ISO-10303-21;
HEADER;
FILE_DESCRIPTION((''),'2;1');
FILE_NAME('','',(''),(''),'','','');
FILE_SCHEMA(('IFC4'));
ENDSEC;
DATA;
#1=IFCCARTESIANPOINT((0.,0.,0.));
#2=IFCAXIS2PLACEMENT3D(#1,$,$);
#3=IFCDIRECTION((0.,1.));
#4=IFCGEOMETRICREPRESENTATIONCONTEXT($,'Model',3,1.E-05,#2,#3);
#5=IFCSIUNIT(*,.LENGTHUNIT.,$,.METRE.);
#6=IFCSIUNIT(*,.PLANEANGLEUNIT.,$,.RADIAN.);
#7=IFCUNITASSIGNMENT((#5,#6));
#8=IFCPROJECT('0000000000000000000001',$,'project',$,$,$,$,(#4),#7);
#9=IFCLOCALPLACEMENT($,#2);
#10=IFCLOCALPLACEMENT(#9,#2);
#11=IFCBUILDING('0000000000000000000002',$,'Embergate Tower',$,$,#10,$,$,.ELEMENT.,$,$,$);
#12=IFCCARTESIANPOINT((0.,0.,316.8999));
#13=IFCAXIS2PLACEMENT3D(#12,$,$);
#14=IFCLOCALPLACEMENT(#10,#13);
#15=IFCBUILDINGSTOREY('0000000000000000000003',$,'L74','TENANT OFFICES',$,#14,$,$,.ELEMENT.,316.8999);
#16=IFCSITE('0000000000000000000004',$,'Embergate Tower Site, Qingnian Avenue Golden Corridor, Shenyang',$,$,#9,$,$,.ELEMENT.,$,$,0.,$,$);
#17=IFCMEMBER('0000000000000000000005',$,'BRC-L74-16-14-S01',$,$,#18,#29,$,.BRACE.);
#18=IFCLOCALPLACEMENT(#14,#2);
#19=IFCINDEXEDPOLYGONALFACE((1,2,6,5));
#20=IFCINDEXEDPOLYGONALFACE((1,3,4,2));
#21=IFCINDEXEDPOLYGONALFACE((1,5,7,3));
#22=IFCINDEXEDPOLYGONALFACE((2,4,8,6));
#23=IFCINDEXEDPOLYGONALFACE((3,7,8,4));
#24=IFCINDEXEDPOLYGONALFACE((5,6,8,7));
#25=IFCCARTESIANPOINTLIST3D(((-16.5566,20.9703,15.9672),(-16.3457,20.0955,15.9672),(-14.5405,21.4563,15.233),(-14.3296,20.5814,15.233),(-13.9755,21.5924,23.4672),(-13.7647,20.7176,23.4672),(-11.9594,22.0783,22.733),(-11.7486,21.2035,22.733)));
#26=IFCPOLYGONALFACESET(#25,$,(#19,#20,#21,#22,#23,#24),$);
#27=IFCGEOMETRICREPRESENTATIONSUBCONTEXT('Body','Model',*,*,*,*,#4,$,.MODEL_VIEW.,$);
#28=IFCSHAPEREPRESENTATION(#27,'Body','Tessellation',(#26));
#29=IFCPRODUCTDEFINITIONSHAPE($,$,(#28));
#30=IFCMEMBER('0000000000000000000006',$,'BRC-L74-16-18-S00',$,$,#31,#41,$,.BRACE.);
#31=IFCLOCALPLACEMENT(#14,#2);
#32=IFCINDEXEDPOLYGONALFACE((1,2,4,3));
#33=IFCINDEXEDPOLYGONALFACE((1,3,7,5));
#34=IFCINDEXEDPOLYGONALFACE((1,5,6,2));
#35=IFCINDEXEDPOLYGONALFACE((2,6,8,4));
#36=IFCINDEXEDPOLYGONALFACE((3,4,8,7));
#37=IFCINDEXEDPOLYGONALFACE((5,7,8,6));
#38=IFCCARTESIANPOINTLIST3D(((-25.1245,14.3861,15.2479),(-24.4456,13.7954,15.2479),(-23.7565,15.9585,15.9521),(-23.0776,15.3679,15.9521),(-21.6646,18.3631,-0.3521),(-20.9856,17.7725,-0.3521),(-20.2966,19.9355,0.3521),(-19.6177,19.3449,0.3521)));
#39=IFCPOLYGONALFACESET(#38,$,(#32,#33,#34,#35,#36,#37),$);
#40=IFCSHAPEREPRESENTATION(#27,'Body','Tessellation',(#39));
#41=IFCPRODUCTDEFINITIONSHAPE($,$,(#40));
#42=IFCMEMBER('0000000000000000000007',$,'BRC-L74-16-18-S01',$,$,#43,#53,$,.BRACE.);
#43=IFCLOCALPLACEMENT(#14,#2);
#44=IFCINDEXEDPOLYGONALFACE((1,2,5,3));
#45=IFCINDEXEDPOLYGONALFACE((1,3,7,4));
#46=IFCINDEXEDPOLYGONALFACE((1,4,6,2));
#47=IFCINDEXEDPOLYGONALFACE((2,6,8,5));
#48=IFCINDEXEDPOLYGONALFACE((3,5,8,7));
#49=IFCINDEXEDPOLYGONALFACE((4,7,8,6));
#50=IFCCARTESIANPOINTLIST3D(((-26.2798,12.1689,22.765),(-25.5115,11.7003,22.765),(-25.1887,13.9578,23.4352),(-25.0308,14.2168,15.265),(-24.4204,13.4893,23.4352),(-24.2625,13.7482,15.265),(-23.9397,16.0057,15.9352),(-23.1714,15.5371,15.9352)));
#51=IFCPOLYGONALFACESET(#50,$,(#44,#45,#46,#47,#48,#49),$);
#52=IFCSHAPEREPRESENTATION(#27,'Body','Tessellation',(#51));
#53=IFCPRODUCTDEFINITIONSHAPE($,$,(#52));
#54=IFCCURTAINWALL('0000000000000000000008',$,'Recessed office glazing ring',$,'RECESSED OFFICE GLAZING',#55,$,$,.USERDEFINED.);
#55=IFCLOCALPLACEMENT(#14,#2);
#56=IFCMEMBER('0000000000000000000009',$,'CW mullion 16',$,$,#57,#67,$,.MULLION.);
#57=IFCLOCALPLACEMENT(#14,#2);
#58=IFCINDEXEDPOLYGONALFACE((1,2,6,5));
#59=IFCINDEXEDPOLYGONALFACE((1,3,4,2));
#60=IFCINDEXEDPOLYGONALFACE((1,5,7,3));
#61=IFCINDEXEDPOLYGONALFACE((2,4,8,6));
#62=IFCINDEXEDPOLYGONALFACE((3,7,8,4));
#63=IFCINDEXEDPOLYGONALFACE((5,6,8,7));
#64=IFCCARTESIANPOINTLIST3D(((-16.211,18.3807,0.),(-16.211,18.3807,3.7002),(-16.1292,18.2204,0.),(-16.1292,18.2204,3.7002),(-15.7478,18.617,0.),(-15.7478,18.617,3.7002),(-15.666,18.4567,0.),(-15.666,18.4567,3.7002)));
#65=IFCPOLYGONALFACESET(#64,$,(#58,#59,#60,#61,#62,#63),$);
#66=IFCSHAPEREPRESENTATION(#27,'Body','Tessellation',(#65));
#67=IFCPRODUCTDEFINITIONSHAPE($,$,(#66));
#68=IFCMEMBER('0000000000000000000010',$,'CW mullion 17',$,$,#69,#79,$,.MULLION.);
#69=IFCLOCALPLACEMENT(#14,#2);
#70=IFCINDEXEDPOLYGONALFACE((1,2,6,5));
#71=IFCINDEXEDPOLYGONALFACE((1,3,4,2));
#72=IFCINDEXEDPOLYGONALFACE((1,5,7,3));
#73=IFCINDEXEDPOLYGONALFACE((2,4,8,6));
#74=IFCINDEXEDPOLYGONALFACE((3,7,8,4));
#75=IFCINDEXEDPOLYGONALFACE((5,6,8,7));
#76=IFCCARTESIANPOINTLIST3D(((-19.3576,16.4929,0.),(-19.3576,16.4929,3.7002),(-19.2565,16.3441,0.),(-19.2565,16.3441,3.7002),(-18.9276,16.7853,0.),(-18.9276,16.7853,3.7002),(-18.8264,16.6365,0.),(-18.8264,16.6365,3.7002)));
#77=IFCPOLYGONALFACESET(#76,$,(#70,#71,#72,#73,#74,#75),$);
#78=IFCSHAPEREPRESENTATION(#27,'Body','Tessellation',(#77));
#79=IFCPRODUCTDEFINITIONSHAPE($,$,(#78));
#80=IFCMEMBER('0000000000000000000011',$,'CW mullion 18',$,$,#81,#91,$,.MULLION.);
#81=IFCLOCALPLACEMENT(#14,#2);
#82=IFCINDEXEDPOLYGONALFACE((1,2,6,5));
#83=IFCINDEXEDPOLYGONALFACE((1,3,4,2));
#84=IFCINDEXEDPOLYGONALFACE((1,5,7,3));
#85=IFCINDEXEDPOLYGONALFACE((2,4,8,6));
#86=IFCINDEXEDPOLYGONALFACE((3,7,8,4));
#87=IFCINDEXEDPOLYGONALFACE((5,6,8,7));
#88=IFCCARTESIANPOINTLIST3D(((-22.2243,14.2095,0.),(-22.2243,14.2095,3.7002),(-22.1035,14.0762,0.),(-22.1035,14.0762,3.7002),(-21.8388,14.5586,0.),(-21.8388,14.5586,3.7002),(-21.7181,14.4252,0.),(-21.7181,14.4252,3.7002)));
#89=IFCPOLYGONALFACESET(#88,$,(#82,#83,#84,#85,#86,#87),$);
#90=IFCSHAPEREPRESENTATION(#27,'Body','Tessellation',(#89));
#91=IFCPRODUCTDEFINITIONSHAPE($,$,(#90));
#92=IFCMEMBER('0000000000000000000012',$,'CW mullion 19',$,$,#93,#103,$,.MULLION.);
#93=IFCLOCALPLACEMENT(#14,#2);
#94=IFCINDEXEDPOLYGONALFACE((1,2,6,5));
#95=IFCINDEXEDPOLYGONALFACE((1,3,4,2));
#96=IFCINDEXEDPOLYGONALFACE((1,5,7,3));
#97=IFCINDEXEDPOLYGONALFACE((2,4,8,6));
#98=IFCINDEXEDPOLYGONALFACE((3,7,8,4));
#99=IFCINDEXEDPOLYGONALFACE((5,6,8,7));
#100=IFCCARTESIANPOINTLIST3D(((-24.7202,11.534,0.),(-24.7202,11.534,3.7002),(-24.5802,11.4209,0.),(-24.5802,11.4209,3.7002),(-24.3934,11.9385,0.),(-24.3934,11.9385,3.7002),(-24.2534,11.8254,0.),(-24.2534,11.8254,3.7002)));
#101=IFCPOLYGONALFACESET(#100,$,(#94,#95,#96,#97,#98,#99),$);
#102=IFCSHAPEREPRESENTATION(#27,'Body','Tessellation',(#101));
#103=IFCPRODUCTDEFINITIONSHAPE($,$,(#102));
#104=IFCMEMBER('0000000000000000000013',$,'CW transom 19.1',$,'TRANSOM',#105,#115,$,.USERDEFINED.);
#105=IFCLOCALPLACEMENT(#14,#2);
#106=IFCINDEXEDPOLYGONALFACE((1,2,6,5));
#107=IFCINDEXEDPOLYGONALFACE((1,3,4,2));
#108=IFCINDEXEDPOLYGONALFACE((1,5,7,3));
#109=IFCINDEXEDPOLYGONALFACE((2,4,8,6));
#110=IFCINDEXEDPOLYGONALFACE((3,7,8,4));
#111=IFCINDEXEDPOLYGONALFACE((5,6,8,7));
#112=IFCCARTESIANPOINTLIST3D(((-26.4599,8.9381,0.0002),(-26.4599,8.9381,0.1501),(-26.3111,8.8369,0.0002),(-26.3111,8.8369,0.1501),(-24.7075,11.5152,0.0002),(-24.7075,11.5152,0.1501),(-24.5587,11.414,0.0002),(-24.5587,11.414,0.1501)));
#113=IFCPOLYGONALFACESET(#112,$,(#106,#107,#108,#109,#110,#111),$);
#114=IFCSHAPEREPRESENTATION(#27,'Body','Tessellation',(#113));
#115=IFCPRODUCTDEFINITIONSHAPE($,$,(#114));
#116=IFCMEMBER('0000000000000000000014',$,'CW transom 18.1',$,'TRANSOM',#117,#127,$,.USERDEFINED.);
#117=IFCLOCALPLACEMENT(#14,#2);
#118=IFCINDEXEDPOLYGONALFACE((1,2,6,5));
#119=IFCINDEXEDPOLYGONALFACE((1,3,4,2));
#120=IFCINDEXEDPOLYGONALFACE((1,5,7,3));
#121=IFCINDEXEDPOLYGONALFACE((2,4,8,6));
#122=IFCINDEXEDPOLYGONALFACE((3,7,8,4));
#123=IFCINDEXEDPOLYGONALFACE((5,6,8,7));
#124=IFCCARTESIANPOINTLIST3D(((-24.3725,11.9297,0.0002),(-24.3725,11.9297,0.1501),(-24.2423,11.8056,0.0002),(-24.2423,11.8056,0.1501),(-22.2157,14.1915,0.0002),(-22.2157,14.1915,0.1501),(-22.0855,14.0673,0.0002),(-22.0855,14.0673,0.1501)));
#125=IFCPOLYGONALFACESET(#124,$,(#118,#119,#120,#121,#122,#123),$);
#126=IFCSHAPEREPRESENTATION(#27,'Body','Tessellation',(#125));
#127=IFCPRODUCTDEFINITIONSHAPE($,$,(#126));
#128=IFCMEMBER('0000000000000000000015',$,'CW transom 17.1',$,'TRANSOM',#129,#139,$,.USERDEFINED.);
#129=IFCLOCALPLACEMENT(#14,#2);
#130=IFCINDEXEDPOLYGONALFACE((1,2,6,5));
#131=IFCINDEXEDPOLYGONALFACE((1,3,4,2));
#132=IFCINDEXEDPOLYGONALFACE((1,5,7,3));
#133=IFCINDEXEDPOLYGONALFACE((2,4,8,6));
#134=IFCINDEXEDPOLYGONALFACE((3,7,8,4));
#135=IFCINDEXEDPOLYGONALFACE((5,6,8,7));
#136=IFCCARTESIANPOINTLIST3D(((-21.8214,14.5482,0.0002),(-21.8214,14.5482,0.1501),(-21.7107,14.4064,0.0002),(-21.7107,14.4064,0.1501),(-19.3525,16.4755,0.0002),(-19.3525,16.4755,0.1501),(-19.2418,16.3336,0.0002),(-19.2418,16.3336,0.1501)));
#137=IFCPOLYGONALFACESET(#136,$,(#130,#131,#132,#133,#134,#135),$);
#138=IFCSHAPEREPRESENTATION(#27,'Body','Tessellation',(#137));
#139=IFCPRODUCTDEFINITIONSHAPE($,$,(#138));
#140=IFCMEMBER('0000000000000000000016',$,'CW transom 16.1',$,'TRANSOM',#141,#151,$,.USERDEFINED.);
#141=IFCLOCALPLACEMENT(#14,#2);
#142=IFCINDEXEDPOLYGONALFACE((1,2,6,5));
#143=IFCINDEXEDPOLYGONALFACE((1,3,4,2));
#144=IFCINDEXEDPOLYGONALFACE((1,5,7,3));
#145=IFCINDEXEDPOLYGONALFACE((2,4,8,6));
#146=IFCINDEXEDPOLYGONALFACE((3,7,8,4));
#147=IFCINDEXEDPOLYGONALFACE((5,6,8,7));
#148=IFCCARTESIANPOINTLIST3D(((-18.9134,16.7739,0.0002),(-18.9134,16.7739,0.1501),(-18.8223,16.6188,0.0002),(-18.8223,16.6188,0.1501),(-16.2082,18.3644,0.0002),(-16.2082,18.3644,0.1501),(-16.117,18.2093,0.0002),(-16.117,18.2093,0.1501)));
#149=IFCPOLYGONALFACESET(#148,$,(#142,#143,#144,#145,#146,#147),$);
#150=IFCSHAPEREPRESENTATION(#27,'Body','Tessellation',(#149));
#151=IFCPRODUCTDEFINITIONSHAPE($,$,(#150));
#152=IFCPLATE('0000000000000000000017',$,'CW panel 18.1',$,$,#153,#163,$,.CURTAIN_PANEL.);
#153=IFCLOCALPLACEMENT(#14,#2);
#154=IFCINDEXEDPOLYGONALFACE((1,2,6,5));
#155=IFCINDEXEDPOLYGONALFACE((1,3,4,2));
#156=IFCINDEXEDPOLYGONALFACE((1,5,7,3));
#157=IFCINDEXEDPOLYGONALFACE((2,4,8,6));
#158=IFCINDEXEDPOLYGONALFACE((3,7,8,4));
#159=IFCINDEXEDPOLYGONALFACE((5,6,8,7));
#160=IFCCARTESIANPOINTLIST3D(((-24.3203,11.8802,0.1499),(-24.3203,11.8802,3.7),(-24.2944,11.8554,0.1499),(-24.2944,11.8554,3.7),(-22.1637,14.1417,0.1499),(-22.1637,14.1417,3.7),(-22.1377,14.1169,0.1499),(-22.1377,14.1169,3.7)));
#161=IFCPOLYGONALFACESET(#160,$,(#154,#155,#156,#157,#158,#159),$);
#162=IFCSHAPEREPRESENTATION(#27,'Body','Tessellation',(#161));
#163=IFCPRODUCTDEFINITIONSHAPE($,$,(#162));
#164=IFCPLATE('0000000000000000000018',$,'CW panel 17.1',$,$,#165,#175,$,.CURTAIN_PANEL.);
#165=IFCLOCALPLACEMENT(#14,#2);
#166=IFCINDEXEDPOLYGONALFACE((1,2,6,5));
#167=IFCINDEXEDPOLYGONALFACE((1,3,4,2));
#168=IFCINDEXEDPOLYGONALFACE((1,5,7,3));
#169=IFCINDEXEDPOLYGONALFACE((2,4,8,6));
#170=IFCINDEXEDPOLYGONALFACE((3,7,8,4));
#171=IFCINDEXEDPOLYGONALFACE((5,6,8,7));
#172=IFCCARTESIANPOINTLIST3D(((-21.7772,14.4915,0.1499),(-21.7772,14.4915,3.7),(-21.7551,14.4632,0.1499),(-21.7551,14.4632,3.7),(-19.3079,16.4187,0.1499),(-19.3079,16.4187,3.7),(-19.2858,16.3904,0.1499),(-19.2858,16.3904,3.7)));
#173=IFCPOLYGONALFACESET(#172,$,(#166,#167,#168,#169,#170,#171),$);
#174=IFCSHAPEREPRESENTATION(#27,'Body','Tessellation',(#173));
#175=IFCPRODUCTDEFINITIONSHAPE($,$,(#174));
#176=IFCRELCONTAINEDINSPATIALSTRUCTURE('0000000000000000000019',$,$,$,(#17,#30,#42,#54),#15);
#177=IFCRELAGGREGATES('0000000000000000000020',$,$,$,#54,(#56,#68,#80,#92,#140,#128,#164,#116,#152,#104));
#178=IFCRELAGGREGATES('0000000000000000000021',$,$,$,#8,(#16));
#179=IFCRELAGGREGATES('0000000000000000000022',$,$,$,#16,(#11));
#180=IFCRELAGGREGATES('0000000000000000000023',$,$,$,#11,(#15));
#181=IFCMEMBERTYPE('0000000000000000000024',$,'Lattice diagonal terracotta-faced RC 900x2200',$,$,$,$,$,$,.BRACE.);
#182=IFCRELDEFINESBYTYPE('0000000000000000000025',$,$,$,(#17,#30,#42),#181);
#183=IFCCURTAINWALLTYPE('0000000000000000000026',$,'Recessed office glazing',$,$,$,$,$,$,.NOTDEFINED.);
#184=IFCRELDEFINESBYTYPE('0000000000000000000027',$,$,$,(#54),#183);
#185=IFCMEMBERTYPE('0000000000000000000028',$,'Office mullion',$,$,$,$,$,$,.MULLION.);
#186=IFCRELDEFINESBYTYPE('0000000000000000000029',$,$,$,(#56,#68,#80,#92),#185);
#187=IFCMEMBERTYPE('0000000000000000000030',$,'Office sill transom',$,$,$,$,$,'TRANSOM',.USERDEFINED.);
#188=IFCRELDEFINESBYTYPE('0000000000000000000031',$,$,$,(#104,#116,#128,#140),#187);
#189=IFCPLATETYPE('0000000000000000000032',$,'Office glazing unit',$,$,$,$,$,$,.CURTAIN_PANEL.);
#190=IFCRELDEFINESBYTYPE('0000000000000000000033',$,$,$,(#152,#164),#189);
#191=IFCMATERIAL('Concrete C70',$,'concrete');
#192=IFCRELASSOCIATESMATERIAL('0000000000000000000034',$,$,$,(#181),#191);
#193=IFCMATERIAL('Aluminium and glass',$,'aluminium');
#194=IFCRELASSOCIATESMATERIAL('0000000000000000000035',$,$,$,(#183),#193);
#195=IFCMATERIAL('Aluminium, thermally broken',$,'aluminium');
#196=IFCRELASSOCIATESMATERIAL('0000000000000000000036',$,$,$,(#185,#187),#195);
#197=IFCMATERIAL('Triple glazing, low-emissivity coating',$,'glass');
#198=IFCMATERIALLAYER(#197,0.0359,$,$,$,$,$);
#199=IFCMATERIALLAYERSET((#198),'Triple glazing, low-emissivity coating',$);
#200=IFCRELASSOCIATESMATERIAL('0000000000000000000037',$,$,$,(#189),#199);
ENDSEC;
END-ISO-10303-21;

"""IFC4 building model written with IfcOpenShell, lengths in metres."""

from ifc_helpers import new_model, si_unit, direction, frame, origin, origin_2d, place, context, subcontext, project, spatial, rectangle, extrude, source, transform, mapped, material, layer, layer_set, material_profile, profile_set, type_object, element, aggregate, save


model = new_model("IFC4")

# Units and contexts
model_context = context("Model", 3, precision=1e-05, world=origin(), true_north=direction((0.0, 1.0)))
body_context = subcontext(model_context, "Body", "Model", "MODEL_VIEW")
ifc_project = project(units=[si_unit("LENGTHUNIT", "METRE"), si_unit("PLANEANGLEUNIT", "RADIAN")], contexts=[model_context])

# Site, building, storey
site_placement = place(None, origin())
site = spatial("IfcSite", under=ifc_project, at=site_placement, Name="Embergate Tower Site, Qingnian Avenue Golden Corridor, Shenyang", CompositionType="ELEMENT", RefElevation=0.0)
building_placement = place(site_placement, origin())
building = spatial("IfcBuilding", under=site, at=building_placement, Name="Embergate Tower", CompositionType="ELEMENT")
storey_placement = place(building_placement, frame((0.0, 0.0, 316.8999)))
storey = spatial("IfcBuildingStorey", under=building, at=storey_placement, Name="L74", Description="TENANT OFFICES", CompositionType="ELEMENT", Elevation=316.8999)

# Members
ifc_material_1 = material(Name="Concrete C70", Category="concrete")
ifc_material_profile_1 = material_profile(ifc_material_1, rectangle(XDim=0.8999, YDim=2.2, at=origin_2d()), Name="RC 900x2200")
ifc_profile_set_1 = profile_set([ifc_material_profile_1], Name="Concrete C70")
member_type_1 = type_object("IfcMemberType", Name="Lattice diagonal terracotta-faced RC 900x2200", PredefinedType="BRACE", material=ifc_profile_set_1)
shared_shape_1 = source(origin(), body_context, "Body", "SweptSolid", [
    extrude(rectangle(XDim=0.8999, YDim=2.2, at=origin_2d()), origin(), (0.0, 0.0, 1.0), 7.9561),
])
member_1_placement = place(storey_placement, frame((-15.4431, 20.7759, 15.6001), z_axis=(0.324414, 0.078188, 0.942678), x_axis=(-0.234305, 0.972163, 0.0)))
element("IfcMember", 1, at=member_1_placement, inside=storey, type_object=member_type_1, Name="BRC-L74-16-14-S01", PredefinedType="BRACE", context=body_context, shape_type="MappedRepresentation", body=[
    mapped(shared_shape_1, transform((0.0, 0.0, 0.0))),
])
shared_shape_2 = source(origin(), body_context, "Body", "SweptSolid", [
    extrude(rectangle(XDim=0.8999, YDim=2.2, at=origin_2d()), origin(), (0.0, 0.0, 1.0), 16.4666),
])
member_2_placement = place(storey_placement, frame((-20.6411, 18.854, 0.0), z_axis=(-0.210119, -0.241521, 0.947374), x_axis=(0.75445, -0.656358, 0.0)))
element("IfcMember", 2, at=member_2_placement, inside=storey, type_object=member_type_1, Name="BRC-L74-16-18-S00", PredefinedType="BRACE", context=body_context, shape_type="MappedRepresentation", body=[
    mapped(shared_shape_2, transform((0.0, 0.0, 0.0))),
])
shared_shape_3 = source(origin(), body_context, "Body", "SweptSolid", [
    extrude(rectangle(XDim=0.8999, YDim=2.2, at=origin_2d()), origin(), (0.0, 0.0, 1.0), 7.8743),
])
member_3_placement = place(storey_placement, frame((-24.1011, 14.877, 15.6001), z_axis=(-0.158621, -0.26007, 0.952472), x_axis=(0.853734, -0.520709, 0.0)))
element("IfcMember", 3, at=member_3_placement, inside=storey, type_object=member_type_1, Name="BRC-L74-16-18-S01", PredefinedType="BRACE", context=body_context, shape_type="MappedRepresentation", body=[
    mapped(shared_shape_3, transform((0.0, 0.0, 0.0))),
])

# Curtain wall, members, plates
ifc_material_2 = material(Name="Aluminium and glass", Category="aluminium")
curtain_wall_type = type_object("IfcCurtainWallType", Name="Recessed office glazing", PredefinedType="NOTDEFINED", material=ifc_material_2)
curtain_wall_placement = place(storey_placement, origin())
curtain_wall = element("IfcCurtainWall", 4, at=curtain_wall_placement, inside=storey, type_object=curtain_wall_type, Name="Recessed office glazing ring", ObjectType="RECESSED OFFICE GLAZING", PredefinedType="USERDEFINED")
ifc_material_3 = material(Name="Aluminium, thermally broken", Category="aluminium")
ifc_material_profile_2 = material_profile(ifc_material_3, rectangle(XDim=0.1799, YDim=0.52, at=origin_2d()), Name="AL 520x180")
ifc_profile_set_2 = profile_set([ifc_material_profile_2], Name="Aluminium, thermally broken")
member_type_2 = type_object("IfcMemberType", Name="Office mullion", PredefinedType="MULLION", material=ifc_profile_set_2)
shared_shape_4 = source(origin(), body_context, "Body", "SweptSolid", [
    extrude(rectangle(XDim=0.1799, YDim=0.52, at=origin_2d()), origin(), (0.0, 0.0, 1.0), 3.7002),
])
member_4_placement = place(storey_placement, frame((-15.9385, 18.4187, 0.0), z_axis=(0.0, 0.0, 1.0), x_axis=(0.454507, -0.890743, 0.0)))
member_4 = element("IfcMember", 5, at=member_4_placement, type_object=member_type_2, Name="CW mullion 16", PredefinedType="MULLION", context=body_context, shape_type="MappedRepresentation", body=[
    mapped(shared_shape_4, transform((0.0, 0.0, 0.0))),
])
member_5_placement = place(storey_placement, frame((-19.092, 16.5647, 0.0), z_axis=(0.0, 0.0, 1.0), x_axis=(0.56221, -0.826994, 0.0)))
member_5 = element("IfcMember", 6, at=member_5_placement, type_object=member_type_2, Name="CW mullion 17", PredefinedType="MULLION", context=body_context, shape_type="MappedRepresentation", body=[
    mapped(shared_shape_4, transform((0.0, 0.0, 0.0))),
])
member_6_placement = place(storey_placement, frame((-21.9712, 14.3174, 0.0), z_axis=(0.0, 0.0, 1.0), x_axis=(0.671217, -0.74126, 0.0)))
member_6 = element("IfcMember", 7, at=member_6_placement, type_object=member_type_2, Name="CW mullion 18", PredefinedType="MULLION", context=body_context, shape_type="MappedRepresentation", body=[
    mapped(shared_shape_4, transform((0.0, 0.0, 0.0))),
])
member_7_placement = place(storey_placement, frame((-24.4868, 11.6797, 0.0), z_axis=(0.0, 0.0, 1.0), x_axis=(0.777862, -0.628436, 0.0)))
member_7 = element("IfcMember", 8, at=member_7_placement, type_object=member_type_2, Name="CW mullion 19", PredefinedType="MULLION", context=body_context, shape_type="MappedRepresentation", body=[
    mapped(shared_shape_4, transform((0.0, 0.0, 0.0))),
])
ifc_material_profile_3 = material_profile(ifc_material_3, rectangle(XDim=0.1799, YDim=0.1499, at=origin_2d()), Name="AL 150x180")
ifc_profile_set_3 = profile_set([ifc_material_profile_3], Name="Aluminium, thermally broken")
member_type_3 = type_object("IfcMemberType", Name="Office sill transom", ElementType="TRANSOM", PredefinedType="USERDEFINED", material=ifc_profile_set_3)
shared_shape_5 = source(origin(), body_context, "Body", "SweptSolid", [
    extrude(rectangle(XDim=0.1799, YDim=0.1499, at=origin_2d()), origin(), (0.0, 0.0, 1.0), 3.1165),
])
member_8_placement = place(storey_placement, frame((-24.6331, 11.4646, 0.0752), z_axis=(-0.562306, -0.826929, 0.0), x_axis=(0.826929, -0.562306, 0.0)))
member_8 = element("IfcMember", 9, at=member_8_placement, type_object=member_type_3, Name="CW transom 19.1", ObjectType="TRANSOM", PredefinedType="USERDEFINED", context=body_context, shape_type="MappedRepresentation", body=[
    mapped(shared_shape_5, transform((0.0, 0.0, 0.0))),
])
shared_shape_6 = source(origin(), body_context, "Body", "SweptSolid", [
    extrude(rectangle(XDim=0.1799, YDim=0.1499, at=origin_2d()), origin(), (0.0, 0.0, 1.0), 3.1252),
])
member_9_placement = place(storey_placement, frame((-22.1506, 14.1294, 0.0752), z_axis=(-0.690111, -0.723703, 0.0), x_axis=(0.723703, -0.690111, 0.0)))
member_9 = element("IfcMember", 10, at=member_9_placement, type_object=member_type_3, Name="CW transom 18.1", ObjectType="TRANSOM", PredefinedType="USERDEFINED", context=body_context, shape_type="MappedRepresentation", body=[
    mapped(shared_shape_6, transform((0.0, 0.0, 0.0))),
])
shared_shape_7 = source(origin(), body_context, "Body", "SweptSolid", [
    extrude(rectangle(XDim=0.1799, YDim=0.1499, at=origin_2d()), origin(), (0.0, 0.0, 1.0), 3.1321),
])
member_10_placement = place(storey_placement, frame((-19.2971, 16.4045, 0.0752), z_axis=(-0.788281, -0.615316, 0.0), x_axis=(0.615316, -0.788281, 0.0)))
member_10 = element("IfcMember", 11, at=member_10_placement, type_object=member_type_3, Name="CW transom 17.1", ObjectType="TRANSOM", PredefinedType="USERDEFINED", context=body_context, shape_type="MappedRepresentation", body=[
    mapped(shared_shape_7, transform((0.0, 0.0, 0.0))),
])
shared_shape_8 = source(origin(), body_context, "Body", "SweptSolid", [
    extrude(rectangle(XDim=0.1799, YDim=0.1499, at=origin_2d()), origin(), (0.0, 0.0, 1.0), 3.1382),
])
member_11_placement = place(storey_placement, frame((-16.1626, 18.2869, 0.0752), z_axis=(-0.862044, -0.506833, 0.0), x_axis=(0.506833, -0.862044, 0.0)))
member_11 = element("IfcMember", 12, at=member_11_placement, type_object=member_type_3, Name="CW transom 16.1", ObjectType="TRANSOM", PredefinedType="USERDEFINED", context=body_context, shape_type="MappedRepresentation", body=[
    mapped(shared_shape_8, transform((0.0, 0.0, 0.0))),
])
ifc_material_4 = material(Name="Triple glazing, low-emissivity coating", Category="glass")
ifc_layer_1 = layer(ifc_material_4, 0.0359)
ifc_layer_set_1 = layer_set([ifc_layer_1], Name="Triple glazing, low-emissivity coating")
plate_type = type_object("IfcPlateType", Name="Office glazing unit", PredefinedType="CURTAIN_PANEL", material=ifc_layer_set_1)
shared_shape_9 = source(origin(), body_context, "Body", "SweptSolid", [
    extrude(rectangle(XDim=3.125, YDim=0.0359, at=origin_2d()), origin(), (0.0, 0.0, 1.0), 3.55),
])
plate_1_placement = place(storey_placement, frame((-23.229, 12.9985, 0.1499), z_axis=(0.0, 0.0, 1.0), x_axis=(-0.690134, -0.723682, 0.0)))
plate_1 = element("IfcPlate", 13, at=plate_1_placement, type_object=plate_type, Name="CW panel 18.1", PredefinedType="CURTAIN_PANEL", context=body_context, shape_type="MappedRepresentation", body=[
    mapped(shared_shape_9, transform((0.0, 0.0, 0.0))),
])
shared_shape_10 = source(origin(), body_context, "Body", "SweptSolid", [
    extrude(rectangle(XDim=3.1323, YDim=0.0359, at=origin_2d()), origin(), (0.0, 0.0, 1.0), 3.55),
])
plate_2_placement = place(storey_placement, frame((-20.5315, 15.4409, 0.1499), z_axis=(0.0, 0.0, 1.0), x_axis=(-0.788319, -0.615267, 0.0)))
plate_2 = element("IfcPlate", 14, at=plate_2_placement, type_object=plate_type, Name="CW panel 17.1", PredefinedType="CURTAIN_PANEL", context=body_context, shape_type="MappedRepresentation", body=[
    mapped(shared_shape_10, transform((0.0, 0.0, 0.0))),
])
aggregate(curtain_wall, [member_4, member_5, member_6, member_7, member_11, member_10, plate_2, member_9, plate_1, member_8])

save(model, "model.ifc")
